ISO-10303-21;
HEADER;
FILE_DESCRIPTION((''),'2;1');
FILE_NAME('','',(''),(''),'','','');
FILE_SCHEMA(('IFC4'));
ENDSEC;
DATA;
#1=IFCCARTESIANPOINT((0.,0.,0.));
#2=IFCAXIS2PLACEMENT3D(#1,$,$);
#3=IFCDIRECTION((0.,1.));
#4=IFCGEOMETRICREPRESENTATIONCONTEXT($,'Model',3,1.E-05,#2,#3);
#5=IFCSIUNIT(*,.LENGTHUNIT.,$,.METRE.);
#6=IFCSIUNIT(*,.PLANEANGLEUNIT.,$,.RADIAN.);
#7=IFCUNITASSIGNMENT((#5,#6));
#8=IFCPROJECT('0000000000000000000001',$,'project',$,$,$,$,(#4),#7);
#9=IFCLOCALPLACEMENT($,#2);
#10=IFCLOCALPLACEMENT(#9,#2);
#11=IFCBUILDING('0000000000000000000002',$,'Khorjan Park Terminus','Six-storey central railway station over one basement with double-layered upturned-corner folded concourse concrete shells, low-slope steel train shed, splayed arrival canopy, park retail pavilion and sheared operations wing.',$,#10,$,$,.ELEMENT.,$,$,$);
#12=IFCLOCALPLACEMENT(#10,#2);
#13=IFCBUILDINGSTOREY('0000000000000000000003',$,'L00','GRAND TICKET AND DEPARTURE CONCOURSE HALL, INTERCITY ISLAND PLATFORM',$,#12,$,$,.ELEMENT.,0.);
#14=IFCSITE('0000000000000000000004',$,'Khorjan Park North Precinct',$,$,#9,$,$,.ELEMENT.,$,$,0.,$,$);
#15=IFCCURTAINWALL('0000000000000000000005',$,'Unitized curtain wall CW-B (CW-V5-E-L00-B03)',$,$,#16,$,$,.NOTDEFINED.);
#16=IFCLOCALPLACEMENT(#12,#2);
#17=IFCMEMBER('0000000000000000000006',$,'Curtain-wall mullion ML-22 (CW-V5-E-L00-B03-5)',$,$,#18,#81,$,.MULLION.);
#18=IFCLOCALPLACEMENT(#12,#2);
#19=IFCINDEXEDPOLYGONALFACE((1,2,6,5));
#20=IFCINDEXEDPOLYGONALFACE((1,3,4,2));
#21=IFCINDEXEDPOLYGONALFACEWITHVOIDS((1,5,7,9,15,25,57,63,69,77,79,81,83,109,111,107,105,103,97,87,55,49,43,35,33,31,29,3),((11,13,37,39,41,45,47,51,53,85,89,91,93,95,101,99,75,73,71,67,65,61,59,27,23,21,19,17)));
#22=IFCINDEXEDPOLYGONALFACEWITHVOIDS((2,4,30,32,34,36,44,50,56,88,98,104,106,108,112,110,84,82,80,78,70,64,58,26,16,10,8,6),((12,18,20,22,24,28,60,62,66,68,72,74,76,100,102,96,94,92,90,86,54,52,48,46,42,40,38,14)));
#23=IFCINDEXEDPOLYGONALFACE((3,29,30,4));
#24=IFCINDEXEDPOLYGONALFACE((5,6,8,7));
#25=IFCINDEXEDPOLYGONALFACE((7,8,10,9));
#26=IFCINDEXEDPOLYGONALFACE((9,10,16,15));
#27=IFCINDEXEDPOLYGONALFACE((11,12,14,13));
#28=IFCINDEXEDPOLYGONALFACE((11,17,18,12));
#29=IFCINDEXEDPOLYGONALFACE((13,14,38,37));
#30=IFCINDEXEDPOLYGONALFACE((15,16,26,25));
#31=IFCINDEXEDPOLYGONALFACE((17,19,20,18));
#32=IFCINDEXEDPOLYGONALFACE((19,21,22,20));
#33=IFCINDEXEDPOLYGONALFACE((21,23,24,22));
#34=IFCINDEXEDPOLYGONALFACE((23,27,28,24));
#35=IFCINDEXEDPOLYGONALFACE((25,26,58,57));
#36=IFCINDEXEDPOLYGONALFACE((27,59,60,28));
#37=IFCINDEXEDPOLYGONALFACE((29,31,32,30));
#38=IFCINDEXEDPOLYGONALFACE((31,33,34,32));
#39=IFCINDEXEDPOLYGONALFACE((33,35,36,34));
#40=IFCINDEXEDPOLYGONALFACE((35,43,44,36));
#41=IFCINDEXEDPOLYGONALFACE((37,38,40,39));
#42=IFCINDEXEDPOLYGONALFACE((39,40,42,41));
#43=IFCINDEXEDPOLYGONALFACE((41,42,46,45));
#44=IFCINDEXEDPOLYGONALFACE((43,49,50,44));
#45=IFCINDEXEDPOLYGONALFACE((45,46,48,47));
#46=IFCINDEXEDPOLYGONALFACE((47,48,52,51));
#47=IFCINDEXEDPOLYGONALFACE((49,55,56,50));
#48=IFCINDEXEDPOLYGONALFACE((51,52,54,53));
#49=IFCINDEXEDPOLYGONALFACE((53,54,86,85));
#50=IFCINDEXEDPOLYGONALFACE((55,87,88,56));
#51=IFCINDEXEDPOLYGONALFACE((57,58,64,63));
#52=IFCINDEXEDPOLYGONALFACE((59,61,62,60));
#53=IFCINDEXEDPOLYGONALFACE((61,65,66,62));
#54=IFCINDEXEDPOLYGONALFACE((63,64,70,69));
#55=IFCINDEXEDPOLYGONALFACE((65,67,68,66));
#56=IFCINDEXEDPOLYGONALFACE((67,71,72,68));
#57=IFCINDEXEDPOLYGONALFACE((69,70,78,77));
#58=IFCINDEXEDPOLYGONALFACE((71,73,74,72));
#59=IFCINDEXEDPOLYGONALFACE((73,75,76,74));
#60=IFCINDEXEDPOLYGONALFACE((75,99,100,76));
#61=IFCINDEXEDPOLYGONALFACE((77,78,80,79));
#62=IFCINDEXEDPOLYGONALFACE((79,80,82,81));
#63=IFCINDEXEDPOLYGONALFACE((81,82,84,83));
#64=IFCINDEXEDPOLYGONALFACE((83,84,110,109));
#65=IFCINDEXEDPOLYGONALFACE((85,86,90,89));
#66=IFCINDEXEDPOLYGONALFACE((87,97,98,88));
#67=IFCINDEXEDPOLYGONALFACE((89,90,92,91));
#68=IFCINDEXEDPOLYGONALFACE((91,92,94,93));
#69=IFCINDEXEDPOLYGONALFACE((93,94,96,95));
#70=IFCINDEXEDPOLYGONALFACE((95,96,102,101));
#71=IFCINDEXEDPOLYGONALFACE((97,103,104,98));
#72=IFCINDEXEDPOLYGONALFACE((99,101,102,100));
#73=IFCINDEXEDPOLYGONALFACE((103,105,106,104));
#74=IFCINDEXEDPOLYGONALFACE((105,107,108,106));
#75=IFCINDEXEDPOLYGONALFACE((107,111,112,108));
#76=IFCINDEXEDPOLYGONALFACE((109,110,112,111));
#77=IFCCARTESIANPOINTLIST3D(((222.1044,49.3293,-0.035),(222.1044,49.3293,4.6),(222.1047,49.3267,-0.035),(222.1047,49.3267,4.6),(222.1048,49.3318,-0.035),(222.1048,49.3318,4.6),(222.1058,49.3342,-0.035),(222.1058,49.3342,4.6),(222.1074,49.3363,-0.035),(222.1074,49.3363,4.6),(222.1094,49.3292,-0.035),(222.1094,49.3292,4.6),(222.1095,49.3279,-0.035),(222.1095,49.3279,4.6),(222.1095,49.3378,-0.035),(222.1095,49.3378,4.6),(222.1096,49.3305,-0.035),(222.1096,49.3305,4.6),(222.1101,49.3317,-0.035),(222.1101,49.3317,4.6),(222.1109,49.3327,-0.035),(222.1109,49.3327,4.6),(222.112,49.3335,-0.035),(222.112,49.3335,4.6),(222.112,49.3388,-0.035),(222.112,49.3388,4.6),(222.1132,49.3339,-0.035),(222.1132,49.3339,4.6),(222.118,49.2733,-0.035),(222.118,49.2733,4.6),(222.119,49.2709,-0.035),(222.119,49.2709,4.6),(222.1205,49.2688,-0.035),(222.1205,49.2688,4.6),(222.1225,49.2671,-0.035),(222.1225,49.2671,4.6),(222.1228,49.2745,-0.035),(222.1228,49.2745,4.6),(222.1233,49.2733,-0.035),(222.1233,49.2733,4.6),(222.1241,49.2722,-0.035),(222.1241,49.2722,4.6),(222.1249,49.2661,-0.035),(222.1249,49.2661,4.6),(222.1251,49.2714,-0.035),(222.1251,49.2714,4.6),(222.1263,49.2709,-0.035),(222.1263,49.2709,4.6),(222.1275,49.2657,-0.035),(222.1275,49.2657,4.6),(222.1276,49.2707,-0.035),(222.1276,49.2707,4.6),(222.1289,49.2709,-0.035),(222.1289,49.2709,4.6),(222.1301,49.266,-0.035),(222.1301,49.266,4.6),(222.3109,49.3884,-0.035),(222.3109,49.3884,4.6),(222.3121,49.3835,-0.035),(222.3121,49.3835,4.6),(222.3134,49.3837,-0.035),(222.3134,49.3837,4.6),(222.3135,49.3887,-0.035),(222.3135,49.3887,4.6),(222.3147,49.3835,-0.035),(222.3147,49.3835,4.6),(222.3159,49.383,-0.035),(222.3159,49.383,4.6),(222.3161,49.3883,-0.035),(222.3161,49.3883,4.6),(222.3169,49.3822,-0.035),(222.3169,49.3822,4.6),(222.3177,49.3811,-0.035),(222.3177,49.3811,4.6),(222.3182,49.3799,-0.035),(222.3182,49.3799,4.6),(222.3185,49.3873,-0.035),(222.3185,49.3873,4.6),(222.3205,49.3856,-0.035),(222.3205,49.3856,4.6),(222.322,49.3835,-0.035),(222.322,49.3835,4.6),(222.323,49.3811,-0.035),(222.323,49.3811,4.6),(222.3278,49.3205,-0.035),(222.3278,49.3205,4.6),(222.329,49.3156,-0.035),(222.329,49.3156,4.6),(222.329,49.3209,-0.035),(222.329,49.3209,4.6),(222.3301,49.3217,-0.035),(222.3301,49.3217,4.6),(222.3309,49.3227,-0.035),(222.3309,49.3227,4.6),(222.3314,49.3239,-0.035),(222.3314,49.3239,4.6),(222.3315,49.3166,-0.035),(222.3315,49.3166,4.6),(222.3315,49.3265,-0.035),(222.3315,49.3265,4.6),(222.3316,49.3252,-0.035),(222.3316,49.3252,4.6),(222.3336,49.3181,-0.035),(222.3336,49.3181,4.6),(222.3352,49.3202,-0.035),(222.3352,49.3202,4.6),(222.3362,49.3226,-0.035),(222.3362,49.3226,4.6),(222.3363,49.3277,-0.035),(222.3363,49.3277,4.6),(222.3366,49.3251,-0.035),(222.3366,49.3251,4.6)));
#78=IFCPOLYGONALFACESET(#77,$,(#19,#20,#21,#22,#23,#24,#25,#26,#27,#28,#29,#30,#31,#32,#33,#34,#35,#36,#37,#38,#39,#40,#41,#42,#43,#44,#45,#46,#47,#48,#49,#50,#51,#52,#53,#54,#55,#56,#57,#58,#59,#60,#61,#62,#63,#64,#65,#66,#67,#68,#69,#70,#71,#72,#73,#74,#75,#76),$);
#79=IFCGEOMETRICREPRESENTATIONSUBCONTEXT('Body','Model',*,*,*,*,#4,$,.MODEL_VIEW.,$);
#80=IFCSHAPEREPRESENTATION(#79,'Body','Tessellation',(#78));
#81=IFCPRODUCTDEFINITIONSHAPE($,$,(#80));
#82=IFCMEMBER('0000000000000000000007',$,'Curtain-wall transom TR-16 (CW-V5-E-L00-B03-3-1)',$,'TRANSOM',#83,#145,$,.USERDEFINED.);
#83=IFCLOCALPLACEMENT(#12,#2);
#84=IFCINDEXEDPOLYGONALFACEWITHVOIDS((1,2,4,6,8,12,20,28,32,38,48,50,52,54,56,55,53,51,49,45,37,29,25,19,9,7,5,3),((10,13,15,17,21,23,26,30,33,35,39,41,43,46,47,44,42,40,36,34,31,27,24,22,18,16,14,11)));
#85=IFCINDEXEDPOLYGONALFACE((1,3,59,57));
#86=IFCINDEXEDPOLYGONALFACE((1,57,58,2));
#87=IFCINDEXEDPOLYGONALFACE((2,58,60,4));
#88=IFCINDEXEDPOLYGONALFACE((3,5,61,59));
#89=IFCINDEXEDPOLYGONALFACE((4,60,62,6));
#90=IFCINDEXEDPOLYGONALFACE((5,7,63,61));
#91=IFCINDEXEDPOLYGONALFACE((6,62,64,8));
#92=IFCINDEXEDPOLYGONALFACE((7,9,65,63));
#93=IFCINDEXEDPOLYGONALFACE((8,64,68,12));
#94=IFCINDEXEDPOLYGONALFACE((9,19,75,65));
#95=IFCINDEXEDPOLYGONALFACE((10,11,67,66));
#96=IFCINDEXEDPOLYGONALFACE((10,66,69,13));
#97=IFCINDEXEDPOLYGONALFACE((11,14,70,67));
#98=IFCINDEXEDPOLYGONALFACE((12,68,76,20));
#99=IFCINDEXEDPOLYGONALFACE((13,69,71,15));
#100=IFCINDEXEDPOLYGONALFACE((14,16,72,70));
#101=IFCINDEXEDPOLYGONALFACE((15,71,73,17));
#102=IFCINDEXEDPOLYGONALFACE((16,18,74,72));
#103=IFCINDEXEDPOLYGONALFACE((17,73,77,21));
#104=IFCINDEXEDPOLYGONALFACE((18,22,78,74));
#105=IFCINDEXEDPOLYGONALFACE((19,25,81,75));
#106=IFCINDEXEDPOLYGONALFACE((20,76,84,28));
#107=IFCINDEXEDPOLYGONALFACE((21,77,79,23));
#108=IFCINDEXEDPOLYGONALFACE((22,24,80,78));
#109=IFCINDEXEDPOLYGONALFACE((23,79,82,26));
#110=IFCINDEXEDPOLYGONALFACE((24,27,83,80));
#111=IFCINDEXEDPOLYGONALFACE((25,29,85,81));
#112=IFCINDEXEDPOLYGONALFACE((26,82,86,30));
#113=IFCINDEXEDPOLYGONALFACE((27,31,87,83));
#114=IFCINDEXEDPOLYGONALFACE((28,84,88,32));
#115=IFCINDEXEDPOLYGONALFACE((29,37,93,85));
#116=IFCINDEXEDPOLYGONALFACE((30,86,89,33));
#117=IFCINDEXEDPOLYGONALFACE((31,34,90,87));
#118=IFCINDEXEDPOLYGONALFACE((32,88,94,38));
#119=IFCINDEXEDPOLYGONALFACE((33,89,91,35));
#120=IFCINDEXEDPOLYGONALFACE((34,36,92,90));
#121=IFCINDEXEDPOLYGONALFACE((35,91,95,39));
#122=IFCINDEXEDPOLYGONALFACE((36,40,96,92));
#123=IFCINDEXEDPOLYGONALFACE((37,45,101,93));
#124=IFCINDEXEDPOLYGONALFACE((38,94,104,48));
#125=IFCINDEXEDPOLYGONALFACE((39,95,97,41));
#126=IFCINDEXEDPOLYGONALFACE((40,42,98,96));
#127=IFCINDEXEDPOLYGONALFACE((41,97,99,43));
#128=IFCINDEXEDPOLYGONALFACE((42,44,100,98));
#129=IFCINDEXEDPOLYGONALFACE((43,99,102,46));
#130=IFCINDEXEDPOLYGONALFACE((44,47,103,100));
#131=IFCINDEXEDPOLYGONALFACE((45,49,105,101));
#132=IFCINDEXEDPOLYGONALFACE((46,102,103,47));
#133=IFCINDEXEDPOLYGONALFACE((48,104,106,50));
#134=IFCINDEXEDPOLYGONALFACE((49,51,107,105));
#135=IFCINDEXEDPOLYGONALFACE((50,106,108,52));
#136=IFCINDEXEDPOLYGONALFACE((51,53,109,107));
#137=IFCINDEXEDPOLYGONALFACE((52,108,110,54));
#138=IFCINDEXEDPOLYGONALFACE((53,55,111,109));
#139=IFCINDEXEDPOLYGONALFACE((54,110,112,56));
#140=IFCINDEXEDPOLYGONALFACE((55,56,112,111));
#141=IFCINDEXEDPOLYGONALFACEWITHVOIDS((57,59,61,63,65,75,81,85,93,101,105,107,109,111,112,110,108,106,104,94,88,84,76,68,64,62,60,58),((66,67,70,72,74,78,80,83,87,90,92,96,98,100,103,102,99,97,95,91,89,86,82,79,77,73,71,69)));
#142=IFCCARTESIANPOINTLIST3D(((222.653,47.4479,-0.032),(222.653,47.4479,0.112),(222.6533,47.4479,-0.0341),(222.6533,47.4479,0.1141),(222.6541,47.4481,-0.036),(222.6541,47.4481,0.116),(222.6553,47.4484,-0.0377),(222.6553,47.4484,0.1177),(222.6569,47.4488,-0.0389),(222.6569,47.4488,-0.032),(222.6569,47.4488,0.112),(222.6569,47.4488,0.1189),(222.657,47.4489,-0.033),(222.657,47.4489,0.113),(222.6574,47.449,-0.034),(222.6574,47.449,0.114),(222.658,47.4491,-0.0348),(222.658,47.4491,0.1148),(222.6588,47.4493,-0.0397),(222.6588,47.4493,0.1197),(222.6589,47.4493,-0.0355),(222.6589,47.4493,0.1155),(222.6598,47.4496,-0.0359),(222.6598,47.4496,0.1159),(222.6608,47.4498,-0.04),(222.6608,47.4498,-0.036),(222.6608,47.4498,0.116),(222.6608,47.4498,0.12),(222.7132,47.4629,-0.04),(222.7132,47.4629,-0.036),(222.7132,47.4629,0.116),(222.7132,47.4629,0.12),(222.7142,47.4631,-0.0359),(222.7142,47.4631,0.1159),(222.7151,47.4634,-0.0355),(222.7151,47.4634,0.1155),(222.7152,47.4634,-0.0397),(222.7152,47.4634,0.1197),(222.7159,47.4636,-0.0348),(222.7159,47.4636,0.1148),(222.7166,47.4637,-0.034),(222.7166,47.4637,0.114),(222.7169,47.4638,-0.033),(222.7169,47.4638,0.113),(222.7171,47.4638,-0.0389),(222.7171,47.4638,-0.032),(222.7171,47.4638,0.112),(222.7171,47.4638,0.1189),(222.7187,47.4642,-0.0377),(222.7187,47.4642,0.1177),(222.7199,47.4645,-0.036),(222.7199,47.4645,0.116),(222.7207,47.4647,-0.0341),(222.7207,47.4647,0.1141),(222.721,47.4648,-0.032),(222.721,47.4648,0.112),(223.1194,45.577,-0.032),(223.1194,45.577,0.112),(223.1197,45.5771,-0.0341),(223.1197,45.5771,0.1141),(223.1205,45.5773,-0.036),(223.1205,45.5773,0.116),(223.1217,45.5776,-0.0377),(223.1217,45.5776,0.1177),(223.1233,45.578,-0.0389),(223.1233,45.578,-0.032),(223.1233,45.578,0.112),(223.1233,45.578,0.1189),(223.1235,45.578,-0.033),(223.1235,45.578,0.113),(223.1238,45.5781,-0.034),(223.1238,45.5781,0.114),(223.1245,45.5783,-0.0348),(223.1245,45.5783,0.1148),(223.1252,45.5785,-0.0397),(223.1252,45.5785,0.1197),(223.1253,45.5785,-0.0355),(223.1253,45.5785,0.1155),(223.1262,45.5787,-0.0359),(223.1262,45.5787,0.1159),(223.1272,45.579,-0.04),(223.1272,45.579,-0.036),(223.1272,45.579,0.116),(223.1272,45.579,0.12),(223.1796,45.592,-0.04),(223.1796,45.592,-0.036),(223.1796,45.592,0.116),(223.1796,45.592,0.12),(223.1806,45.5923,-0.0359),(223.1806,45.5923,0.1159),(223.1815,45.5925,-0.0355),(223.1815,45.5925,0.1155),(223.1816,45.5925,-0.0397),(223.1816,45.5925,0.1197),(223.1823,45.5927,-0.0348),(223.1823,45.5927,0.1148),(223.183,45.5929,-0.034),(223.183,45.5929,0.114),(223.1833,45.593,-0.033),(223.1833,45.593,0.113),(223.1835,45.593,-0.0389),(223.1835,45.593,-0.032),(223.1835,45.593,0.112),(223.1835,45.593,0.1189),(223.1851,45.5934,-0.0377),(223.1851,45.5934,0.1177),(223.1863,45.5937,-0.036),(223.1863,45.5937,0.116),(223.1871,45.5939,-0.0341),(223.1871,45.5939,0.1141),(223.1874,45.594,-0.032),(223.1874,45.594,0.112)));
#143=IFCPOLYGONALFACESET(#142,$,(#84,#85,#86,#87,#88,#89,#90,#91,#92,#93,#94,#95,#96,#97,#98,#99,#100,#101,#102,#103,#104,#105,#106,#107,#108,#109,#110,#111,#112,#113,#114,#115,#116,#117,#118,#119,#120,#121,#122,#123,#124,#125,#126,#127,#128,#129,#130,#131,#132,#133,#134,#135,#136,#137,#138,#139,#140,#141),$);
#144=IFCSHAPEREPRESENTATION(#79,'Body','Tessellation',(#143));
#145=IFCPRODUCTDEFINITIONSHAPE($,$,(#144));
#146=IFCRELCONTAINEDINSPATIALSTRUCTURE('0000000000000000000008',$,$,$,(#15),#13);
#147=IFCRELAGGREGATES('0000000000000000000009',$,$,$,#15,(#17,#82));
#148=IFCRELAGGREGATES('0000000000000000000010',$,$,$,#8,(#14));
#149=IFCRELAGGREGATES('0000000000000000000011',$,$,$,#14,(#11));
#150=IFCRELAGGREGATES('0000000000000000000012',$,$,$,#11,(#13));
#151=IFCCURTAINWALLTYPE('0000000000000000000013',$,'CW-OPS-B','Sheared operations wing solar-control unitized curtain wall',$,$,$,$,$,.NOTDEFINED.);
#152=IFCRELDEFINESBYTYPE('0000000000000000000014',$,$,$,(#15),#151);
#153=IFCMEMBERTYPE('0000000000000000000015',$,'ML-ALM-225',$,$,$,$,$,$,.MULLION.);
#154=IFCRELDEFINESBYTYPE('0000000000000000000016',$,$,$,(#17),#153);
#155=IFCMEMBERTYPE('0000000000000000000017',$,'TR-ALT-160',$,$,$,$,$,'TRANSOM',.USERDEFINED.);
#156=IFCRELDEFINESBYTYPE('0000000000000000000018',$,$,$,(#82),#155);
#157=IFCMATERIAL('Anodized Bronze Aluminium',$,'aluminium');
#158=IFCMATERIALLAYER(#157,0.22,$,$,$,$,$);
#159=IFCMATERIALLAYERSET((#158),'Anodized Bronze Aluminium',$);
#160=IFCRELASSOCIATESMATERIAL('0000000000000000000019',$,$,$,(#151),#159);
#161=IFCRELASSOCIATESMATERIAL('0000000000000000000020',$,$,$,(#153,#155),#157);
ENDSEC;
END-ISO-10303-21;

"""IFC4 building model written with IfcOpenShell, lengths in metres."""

from ifc_helpers import new_model, si_unit, direction, frame, origin, origin_2d, place, context, subcontext, project, spatial, hollow_rectangle, extrude, material, layer, layer_set, material_profile, profile_set, type_object, element, aggregate, save


model = new_model("IFC4")

# Units and contexts
model_context = context("Model", 3, precision=1e-05, world=origin(), true_north=direction((0.0, 1.0)))
body_context = subcontext(model_context, "Body", "Model", "MODEL_VIEW")
ifc_project = project(units=[si_unit("LENGTHUNIT", "METRE"), si_unit("PLANEANGLEUNIT", "RADIAN")], contexts=[model_context])

# Site, building, storey
site_placement = place(None, origin())
site = spatial("IfcSite", under=ifc_project, at=site_placement, Name="Khorjan Park North Precinct", CompositionType="ELEMENT", RefElevation=0.0)
building_placement = place(site_placement, origin())
building = spatial("IfcBuilding", under=site, at=building_placement, Name="Khorjan Park Terminus", Description="Six-storey central railway station over one basement with double-layered upturned-corner folded concourse concrete shells, low-slope steel train shed, splayed arrival canopy, park retail pavilion and sheared operations wing.", CompositionType="ELEMENT")
storey_placement = place(building_placement, origin())
storey = spatial("IfcBuildingStorey", under=building, at=storey_placement, Name="L00", Description="GRAND TICKET AND DEPARTURE CONCOURSE HALL, INTERCITY ISLAND PLATFORM", CompositionType="ELEMENT", Elevation=0.0)

# Curtain wall, members
ifc_material_1 = material(Name="Anodized Bronze Aluminium", Category="aluminium")
ifc_layer_1 = layer(ifc_material_1, 0.22)
ifc_layer_set_1 = layer_set([ifc_layer_1], Name="Anodized Bronze Aluminium")
curtain_wall_type = type_object("IfcCurtainWallType", Name="CW-OPS-B", Description="Sheared operations wing solar-control unitized curtain wall", PredefinedType="NOTDEFINED", material=ifc_layer_set_1)
curtain_wall_placement = place(storey_placement, origin())
curtain_wall = element("IfcCurtainWall", 1, at=curtain_wall_placement, inside=storey, type_object=curtain_wall_type, Name="Unitized curtain wall CW-B (CW-V5-E-L00-B03)", PredefinedType="NOTDEFINED")
ifc_material_profile_1 = material_profile(ifc_material_1, hollow_rectangle(XDim=0.075, YDim=0.225, WallThickness=0.005, InnerFilletRadius=0.005, OuterFilletRadius=0.01, at=origin_2d()), Name="ALM 75x225x5")
ifc_profile_set_1 = profile_set([ifc_material_profile_1], Name="Anodized Bronze Aluminium")
member_type_1 = type_object("IfcMemberType", Name="ML-ALM-225", PredefinedType="MULLION", material=ifc_profile_set_1)
member_1_placement = place(storey_placement, frame((222.2205, 49.3272, -0.035), z_axis=(0.0, 0.0, 1.0), x_axis=(-0.241923, 0.970295, 0.0)))
member_1 = element("IfcMember", 2, at=member_1_placement, type_object=member_type_1, Name="Curtain-wall mullion ML-22 (CW-V5-E-L00-B03-5)", PredefinedType="MULLION", context=body_context, shape_type="SweptSolid", body=[
    extrude(hollow_rectangle(XDim=0.075, YDim=0.225, WallThickness=0.005, InnerFilletRadius=0.005, OuterFilletRadius=0.01, at=origin_2d()), origin(), (0.0, 0.0, 1.0), 4.635),
])
ifc_material_profile_2 = material_profile(ifc_material_1, hollow_rectangle(XDim=0.07, YDim=0.16, WallThickness=0.004, InnerFilletRadius=0.004, OuterFilletRadius=0.008, at=origin_2d()), Name="ALT 70x160x4")
ifc_profile_set_2 = profile_set([ifc_material_profile_2], Name="Anodized Bronze Aluminium")
member_type_2 = type_object("IfcMemberType", Name="TR-ALT-160", ElementType="TRANSOM", PredefinedType="USERDEFINED", material=ifc_profile_set_2)
member_2_placement = place(storey_placement, frame((223.1534, 45.5855, 0.04), z_axis=(-0.241901, 0.970301, 0.0), x_axis=(-0.970301, -0.241901, 0.0)))
member_2 = element("IfcMember", 3, at=member_2_placement, type_object=member_type_2, Name="Curtain-wall transom TR-16 (CW-V5-E-L00-B03-3-1)", ObjectType="TRANSOM", PredefinedType="USERDEFINED", context=body_context, shape_type="SweptSolid", body=[
    extrude(hollow_rectangle(XDim=0.07, YDim=0.16, WallThickness=0.004, InnerFilletRadius=0.004, OuterFilletRadius=0.008, at=origin_2d()), origin(), (0.0, 0.0, 1.0), 1.9281),
])
aggregate(curtain_wall, [member_1, member_2])

save(model, "model.ifc")
